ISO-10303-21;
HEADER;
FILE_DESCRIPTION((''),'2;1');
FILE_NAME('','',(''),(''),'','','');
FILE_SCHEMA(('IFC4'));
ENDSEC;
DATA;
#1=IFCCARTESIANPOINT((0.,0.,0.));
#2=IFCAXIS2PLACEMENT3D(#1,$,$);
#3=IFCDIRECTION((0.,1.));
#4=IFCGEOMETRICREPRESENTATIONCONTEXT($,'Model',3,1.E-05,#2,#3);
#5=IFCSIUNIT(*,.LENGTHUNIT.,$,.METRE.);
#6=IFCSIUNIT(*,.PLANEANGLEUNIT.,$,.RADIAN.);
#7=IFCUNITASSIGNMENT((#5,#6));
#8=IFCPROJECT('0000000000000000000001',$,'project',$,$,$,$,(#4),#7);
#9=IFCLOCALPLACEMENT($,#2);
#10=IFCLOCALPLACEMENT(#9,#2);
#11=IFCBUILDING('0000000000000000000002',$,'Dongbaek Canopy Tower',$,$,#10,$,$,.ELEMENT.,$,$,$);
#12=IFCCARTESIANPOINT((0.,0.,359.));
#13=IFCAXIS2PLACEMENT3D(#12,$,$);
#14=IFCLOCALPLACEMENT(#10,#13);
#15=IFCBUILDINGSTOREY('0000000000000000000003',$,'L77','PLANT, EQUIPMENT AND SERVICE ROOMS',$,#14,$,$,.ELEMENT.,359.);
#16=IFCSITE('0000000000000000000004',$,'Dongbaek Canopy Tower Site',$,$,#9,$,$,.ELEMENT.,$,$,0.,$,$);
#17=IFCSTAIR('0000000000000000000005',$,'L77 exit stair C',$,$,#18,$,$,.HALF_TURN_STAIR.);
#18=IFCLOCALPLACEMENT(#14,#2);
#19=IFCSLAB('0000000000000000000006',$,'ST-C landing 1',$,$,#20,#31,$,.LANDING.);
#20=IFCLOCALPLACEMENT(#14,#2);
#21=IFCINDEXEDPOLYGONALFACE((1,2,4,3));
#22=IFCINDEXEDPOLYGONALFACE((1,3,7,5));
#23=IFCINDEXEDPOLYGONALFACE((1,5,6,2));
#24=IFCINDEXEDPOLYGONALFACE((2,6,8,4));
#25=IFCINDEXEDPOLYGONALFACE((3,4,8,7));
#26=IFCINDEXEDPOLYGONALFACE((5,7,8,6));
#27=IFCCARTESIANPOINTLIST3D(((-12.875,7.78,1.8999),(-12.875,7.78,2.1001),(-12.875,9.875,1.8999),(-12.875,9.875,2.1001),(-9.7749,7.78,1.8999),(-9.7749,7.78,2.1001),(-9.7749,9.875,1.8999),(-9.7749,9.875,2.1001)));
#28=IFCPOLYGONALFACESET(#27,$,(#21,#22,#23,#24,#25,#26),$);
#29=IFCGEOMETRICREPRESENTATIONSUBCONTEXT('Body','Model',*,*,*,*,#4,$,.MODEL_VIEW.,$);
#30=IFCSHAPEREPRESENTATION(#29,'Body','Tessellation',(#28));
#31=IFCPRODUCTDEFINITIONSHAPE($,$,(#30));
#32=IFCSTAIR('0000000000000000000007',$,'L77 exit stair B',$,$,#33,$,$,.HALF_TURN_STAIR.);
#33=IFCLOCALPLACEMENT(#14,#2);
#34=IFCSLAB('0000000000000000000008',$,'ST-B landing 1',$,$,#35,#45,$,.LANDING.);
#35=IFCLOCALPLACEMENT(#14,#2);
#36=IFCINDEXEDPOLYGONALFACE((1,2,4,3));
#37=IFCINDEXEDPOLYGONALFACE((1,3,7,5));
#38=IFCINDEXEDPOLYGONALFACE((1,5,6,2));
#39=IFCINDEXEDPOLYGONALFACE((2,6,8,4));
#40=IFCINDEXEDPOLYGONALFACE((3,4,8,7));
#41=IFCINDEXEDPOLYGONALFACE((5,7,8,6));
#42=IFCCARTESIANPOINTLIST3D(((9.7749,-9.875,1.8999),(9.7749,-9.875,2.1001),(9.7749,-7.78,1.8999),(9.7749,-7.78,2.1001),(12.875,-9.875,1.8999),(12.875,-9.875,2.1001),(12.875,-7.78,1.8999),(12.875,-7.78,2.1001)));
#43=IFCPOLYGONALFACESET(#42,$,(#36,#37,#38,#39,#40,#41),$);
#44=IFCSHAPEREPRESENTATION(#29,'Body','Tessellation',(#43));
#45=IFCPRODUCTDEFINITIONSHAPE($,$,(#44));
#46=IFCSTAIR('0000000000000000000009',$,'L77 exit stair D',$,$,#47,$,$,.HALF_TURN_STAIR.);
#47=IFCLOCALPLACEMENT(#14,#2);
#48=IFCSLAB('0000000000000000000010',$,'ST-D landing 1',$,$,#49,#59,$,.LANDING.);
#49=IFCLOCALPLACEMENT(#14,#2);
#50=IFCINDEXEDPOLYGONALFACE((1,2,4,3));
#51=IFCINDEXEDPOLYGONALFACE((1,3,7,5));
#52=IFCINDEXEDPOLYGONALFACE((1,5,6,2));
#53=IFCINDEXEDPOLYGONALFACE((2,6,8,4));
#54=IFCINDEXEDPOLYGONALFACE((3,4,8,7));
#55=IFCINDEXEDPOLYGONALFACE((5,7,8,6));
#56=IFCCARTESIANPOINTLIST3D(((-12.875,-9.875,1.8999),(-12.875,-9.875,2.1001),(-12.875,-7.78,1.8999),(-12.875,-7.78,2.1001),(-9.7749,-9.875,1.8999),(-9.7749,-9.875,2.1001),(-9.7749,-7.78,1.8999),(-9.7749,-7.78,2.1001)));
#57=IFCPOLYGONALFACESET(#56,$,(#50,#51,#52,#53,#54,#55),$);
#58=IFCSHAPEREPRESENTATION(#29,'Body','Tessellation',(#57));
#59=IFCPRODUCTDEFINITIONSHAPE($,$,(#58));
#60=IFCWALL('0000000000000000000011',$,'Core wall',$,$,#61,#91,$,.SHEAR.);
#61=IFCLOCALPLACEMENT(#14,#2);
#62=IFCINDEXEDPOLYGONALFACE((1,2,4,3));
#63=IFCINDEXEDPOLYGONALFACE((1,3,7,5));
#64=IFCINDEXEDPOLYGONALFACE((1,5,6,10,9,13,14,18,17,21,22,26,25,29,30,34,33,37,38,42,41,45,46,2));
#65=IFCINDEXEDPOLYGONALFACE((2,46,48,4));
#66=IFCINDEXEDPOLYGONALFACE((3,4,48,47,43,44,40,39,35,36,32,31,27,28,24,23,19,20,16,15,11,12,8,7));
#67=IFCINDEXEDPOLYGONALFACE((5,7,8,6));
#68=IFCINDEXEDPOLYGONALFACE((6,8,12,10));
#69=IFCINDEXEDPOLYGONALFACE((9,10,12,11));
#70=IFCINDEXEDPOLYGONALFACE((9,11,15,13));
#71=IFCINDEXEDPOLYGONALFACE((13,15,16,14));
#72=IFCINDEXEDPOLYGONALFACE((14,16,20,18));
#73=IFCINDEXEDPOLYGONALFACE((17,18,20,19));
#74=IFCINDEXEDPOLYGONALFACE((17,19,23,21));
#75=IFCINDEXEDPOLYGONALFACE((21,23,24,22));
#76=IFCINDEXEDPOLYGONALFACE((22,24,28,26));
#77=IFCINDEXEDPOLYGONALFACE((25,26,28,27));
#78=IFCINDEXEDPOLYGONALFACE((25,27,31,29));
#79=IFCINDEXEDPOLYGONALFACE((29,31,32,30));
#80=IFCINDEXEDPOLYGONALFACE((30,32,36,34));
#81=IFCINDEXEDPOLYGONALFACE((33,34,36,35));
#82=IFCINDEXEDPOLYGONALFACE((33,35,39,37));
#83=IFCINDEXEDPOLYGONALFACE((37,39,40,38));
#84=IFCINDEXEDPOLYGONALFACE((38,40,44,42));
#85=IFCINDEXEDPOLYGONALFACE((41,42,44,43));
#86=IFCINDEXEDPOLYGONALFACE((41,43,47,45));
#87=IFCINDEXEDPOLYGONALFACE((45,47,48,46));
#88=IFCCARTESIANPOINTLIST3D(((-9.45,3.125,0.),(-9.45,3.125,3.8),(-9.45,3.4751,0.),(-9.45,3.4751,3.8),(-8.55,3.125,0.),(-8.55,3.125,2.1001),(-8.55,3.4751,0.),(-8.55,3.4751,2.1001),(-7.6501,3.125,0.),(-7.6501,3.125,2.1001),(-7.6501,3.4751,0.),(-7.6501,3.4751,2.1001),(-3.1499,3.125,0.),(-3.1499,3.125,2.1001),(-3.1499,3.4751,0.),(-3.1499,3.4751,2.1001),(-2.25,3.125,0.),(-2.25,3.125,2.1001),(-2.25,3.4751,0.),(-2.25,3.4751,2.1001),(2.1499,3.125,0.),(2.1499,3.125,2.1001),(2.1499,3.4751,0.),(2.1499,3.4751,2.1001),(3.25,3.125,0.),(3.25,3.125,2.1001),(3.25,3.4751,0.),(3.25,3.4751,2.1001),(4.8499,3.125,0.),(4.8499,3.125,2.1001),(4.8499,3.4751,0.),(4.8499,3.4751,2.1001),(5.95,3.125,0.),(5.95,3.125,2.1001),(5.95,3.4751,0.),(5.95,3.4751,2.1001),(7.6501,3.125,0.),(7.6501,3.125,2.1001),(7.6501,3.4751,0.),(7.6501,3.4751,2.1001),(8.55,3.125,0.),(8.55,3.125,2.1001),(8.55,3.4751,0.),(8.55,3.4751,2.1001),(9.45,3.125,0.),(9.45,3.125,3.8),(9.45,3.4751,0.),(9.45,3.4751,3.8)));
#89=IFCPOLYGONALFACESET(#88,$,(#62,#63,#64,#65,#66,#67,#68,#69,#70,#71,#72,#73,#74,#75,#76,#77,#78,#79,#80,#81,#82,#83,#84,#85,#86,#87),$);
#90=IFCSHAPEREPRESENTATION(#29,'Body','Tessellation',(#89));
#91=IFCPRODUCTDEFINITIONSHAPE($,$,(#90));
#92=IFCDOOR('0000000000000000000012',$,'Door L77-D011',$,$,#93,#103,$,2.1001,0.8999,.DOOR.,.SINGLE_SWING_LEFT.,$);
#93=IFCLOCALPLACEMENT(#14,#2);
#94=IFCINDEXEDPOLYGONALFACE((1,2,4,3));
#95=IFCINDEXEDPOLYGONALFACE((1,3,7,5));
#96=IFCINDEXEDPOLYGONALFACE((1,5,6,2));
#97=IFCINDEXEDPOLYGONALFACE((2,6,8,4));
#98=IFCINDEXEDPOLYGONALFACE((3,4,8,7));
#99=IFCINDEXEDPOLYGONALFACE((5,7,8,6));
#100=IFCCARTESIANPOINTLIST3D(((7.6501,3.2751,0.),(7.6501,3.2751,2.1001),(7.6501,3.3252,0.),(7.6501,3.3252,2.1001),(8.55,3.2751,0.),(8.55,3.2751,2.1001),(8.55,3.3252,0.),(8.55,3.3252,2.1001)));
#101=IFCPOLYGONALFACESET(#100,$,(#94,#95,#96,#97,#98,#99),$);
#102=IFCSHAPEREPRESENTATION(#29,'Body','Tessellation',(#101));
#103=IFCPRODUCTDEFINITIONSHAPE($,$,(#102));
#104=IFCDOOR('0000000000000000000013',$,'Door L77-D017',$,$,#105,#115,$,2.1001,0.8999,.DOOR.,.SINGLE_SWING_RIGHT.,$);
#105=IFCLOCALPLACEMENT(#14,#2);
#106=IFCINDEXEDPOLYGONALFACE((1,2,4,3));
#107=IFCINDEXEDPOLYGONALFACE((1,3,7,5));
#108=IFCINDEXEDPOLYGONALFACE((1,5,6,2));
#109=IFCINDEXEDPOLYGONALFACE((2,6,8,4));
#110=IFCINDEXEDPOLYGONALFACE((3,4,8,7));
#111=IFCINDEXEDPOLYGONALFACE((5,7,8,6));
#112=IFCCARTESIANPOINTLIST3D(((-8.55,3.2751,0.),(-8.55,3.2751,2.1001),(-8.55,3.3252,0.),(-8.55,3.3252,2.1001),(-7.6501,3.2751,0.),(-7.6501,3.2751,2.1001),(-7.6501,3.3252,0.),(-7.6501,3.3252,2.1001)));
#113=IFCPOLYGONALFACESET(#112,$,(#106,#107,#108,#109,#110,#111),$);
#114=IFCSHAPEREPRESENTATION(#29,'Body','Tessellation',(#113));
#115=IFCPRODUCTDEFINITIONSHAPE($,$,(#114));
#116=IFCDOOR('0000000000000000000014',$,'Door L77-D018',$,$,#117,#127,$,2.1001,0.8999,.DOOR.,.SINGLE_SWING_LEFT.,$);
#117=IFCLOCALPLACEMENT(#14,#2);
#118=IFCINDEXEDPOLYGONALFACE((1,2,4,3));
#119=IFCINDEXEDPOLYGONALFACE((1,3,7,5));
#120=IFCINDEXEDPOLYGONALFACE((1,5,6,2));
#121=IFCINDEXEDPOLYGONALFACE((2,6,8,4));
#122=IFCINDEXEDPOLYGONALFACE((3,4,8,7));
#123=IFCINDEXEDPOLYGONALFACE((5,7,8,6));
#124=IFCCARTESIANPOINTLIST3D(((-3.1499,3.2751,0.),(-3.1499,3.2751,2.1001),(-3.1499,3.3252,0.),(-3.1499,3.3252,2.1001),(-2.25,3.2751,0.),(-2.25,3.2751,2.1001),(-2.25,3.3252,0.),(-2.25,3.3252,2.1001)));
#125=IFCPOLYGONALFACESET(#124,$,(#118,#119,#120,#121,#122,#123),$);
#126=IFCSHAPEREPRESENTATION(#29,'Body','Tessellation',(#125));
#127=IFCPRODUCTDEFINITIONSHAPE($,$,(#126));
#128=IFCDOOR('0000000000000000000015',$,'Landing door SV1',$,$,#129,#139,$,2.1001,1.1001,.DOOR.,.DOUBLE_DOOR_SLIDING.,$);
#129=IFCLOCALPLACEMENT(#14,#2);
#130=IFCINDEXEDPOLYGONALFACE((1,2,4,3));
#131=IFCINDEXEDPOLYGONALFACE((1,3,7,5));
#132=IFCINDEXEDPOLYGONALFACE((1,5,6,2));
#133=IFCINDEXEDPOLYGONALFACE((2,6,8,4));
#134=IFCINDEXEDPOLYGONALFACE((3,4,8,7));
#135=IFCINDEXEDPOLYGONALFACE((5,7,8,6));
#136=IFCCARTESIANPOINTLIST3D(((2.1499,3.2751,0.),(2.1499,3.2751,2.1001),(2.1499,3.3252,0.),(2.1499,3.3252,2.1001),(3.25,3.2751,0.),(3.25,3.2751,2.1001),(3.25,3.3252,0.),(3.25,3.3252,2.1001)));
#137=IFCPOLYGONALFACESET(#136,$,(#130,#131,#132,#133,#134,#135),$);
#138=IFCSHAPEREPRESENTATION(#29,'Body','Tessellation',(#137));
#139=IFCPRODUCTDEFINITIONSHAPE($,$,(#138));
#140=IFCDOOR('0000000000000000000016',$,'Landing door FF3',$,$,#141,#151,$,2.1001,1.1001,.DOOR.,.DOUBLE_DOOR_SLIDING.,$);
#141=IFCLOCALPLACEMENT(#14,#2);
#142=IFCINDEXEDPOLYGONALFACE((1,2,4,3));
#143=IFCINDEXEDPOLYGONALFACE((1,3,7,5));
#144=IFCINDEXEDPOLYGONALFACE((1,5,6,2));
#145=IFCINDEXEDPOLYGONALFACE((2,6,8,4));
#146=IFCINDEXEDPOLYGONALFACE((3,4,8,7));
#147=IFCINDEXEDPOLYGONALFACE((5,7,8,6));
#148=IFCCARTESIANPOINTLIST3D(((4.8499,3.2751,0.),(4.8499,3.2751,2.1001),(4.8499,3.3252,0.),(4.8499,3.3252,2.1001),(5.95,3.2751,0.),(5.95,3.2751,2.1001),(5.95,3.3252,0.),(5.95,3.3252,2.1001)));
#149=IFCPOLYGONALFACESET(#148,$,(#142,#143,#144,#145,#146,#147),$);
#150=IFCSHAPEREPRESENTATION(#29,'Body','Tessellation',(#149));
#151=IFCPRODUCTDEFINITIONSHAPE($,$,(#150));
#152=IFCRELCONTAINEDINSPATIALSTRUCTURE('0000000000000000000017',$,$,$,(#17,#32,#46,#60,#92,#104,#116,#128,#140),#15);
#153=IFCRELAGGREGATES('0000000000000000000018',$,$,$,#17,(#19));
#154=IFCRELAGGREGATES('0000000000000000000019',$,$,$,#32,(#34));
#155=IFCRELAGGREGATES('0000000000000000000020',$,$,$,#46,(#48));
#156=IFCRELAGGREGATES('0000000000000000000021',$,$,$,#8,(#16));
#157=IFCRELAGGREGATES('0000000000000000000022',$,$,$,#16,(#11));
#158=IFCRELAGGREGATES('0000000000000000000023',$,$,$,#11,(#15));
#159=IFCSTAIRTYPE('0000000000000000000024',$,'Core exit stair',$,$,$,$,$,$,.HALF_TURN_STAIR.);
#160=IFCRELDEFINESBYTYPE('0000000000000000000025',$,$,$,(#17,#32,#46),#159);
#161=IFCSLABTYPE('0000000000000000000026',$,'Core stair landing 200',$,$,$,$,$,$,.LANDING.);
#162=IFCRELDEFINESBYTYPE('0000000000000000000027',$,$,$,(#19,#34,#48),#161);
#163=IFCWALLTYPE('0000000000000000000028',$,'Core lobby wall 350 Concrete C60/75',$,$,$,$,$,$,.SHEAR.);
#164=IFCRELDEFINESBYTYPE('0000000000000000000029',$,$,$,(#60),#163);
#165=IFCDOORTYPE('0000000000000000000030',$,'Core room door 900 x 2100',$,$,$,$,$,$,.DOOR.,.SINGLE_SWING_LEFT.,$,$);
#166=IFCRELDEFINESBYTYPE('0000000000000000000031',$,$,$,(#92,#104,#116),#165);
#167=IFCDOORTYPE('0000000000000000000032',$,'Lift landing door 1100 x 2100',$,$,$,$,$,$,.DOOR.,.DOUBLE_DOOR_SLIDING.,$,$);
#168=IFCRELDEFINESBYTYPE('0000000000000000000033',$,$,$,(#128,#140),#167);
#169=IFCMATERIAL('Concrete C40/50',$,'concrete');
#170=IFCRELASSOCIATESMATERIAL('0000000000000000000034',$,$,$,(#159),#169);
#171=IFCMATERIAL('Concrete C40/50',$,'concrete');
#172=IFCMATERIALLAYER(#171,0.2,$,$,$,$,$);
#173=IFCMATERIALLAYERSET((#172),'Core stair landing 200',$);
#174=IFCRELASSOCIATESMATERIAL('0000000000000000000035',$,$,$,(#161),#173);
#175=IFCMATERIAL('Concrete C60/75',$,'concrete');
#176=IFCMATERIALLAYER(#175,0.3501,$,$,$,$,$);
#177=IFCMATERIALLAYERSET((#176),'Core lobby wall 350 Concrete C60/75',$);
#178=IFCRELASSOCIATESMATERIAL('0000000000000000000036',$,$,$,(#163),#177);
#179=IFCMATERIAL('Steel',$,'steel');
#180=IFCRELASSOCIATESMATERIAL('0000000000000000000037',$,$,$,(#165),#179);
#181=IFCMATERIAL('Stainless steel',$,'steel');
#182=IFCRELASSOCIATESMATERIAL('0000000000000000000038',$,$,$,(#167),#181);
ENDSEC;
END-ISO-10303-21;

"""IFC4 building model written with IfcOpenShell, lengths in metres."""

from ifc_helpers import new_model, si_unit, direction, frame, frame_2d, origin, place, context, subcontext, project, spatial, polyline, rectangle, outline, extrude, material, layer, layer_set, type_object, element, fill, aggregate, save


model = new_model("IFC4")

# Units and contexts
model_context = context("Model", 3, precision=1e-05, world=origin(), true_north=direction((0.0, 1.0)))
body_context = subcontext(model_context, "Body", "Model", "MODEL_VIEW")
ifc_project = project(units=[si_unit("LENGTHUNIT", "METRE"), si_unit("PLANEANGLEUNIT", "RADIAN")], contexts=[model_context])

# Site, building, storey
site_placement = place(None, origin())
site = spatial("IfcSite", under=ifc_project, at=site_placement, Name="Dongbaek Canopy Tower Site", CompositionType="ELEMENT", RefElevation=0.0)
building_placement = place(site_placement, origin())
building = spatial("IfcBuilding", under=site, at=building_placement, Name="Dongbaek Canopy Tower", CompositionType="ELEMENT")
storey_placement = place(building_placement, frame((0.0, 0.0, 359.0)))
storey = spatial("IfcBuildingStorey", under=building, at=storey_placement, Name="L77", Description="PLANT, EQUIPMENT AND SERVICE ROOMS", CompositionType="ELEMENT", Elevation=359.0)

# Stairs, slabs
ifc_material_1 = material(Name="Concrete C40/50", Category="concrete")
stair_type = type_object("IfcStairType", Name="Core exit stair", PredefinedType="HALF_TURN_STAIR", material=ifc_material_1)
stair_1_placement = place(storey_placement, origin())
stair_1 = element("IfcStair", 1, at=stair_1_placement, inside=storey, type_object=stair_type, Name="L77 exit stair C", PredefinedType="HALF_TURN_STAIR")
ifc_material_2 = material(Name="Concrete C40/50", Category="concrete")
ifc_layer_1 = layer(ifc_material_2, 0.2)
ifc_layer_set_1 = layer_set([ifc_layer_1], Name="Core stair landing 200")
slab_type = type_object("IfcSlabType", Name="Core stair landing 200", PredefinedType="LANDING", material=ifc_layer_set_1)
slab_1_placement = place(storey_placement, frame((0.0, 0.0, 1.8999)))
slab_1 = element("IfcSlab", 2, at=slab_1_placement, type_object=slab_type, Name="ST-C landing 1", PredefinedType="LANDING", context=body_context, shape_type="SweptSolid", body=[
    extrude(outline(polyline([(-9.7749, 7.78), (-9.7749, 9.875), (-12.875, 9.875), (-12.875, 7.78), (-9.7749, 7.78)])), origin(), (0.0, 0.0, 1.0), 0.2002),
])
aggregate(stair_1, [slab_1])
stair_2_placement = place(storey_placement, origin())
stair_2 = element("IfcStair", 3, at=stair_2_placement, inside=storey, type_object=stair_type, Name="L77 exit stair B", PredefinedType="HALF_TURN_STAIR")
slab_2_placement = place(storey_placement, frame((0.0, 0.0, 1.8999)))
slab_2 = element("IfcSlab", 4, at=slab_2_placement, type_object=slab_type, Name="ST-B landing 1", PredefinedType="LANDING", context=body_context, shape_type="SweptSolid", body=[
    extrude(outline(polyline([(9.7749, -7.78), (9.7749, -9.875), (12.875, -9.875), (12.875, -7.78), (9.7749, -7.78)])), origin(), (0.0, 0.0, 1.0), 0.2002),
])
aggregate(stair_2, [slab_2])
stair_3_placement = place(storey_placement, origin())
stair_3 = element("IfcStair", 5, at=stair_3_placement, inside=storey, type_object=stair_type, Name="L77 exit stair D", PredefinedType="HALF_TURN_STAIR")
slab_3_placement = place(storey_placement, frame((0.0, 0.0, 1.8999)))
slab_3 = element("IfcSlab", 6, at=slab_3_placement, type_object=slab_type, Name="ST-D landing 1", PredefinedType="LANDING", context=body_context, shape_type="SweptSolid", body=[
    extrude(outline(polyline([(-12.875, -7.78), (-12.875, -9.875), (-9.7749, -9.875), (-9.7749, -7.78), (-12.875, -7.78)])), origin(), (0.0, 0.0, 1.0), 0.2002),
])
aggregate(stair_3, [slab_3])

# Wall, openings, doors
ifc_material_3 = material(Name="Concrete C60/75", Category="concrete")
ifc_layer_2 = layer(ifc_material_3, 0.3501)
ifc_layer_set_2 = layer_set([ifc_layer_2], Name="Core lobby wall 350 Concrete C60/75")
wall_type_1 = type_object("IfcWallType", Name="Core lobby wall 350 Concrete C60/75", PredefinedType="SHEAR", material=ifc_layer_set_2)
wall_1_placement = place(storey_placement, frame((9.45, 3.3, 0.0), z_axis=(0.0, 0.0, 1.0), x_axis=(-1.0, 0.0, 0.0)))
wall_1 = element("IfcWall", 7, at=wall_1_placement, inside=storey, type_object=wall_type_1, Name="Core wall", PredefinedType="SHEAR", context=body_context, shape_type="SweptSolid", body=[
    extrude(rectangle(XDim=18.8999, YDim=0.3501, at=frame_2d((9.45, 0.0))), origin(), (0.0, 0.0, 1.0), 3.8),
])
opening_1_placement = place(wall_1_placement, frame((6.2, 0.0, 0.0)))
opening_1 = element("IfcOpeningElement", 8, at=opening_1_placement, cuts=wall_1, PredefinedType="OPENING", context=body_context, shape_type="SweptSolid", body=[
    extrude(rectangle(XDim=1.1001, YDim=2.1001, at=frame_2d((0.55, 1.05))), frame((0.0, 0.1851, 0.0), z_axis=(0.0, -1.0, 0.0), x_axis=(1.0, 0.0, 0.0)), (0.0, 0.0, 1.0), 0.3701),
])
opening_2_placement = place(wall_1_placement, frame((3.5, 0.0, 0.0)))
opening_2 = element("IfcOpeningElement", 9, at=opening_2_placement, cuts=wall_1, PredefinedType="OPENING", context=body_context, shape_type="SweptSolid", body=[
    extrude(rectangle(XDim=1.1001, YDim=2.1001, at=frame_2d((0.55, 1.05))), frame((0.0, 0.1851, 0.0), z_axis=(0.0, -1.0, 0.0), x_axis=(1.0, 0.0, 0.0)), (0.0, 0.0, 1.0), 0.3701),
])
opening_3_placement = place(wall_1_placement, frame((0.8999, 0.0, 0.0)))
opening_3 = element("IfcOpeningElement", 10, at=opening_3_placement, cuts=wall_1, PredefinedType="OPENING", context=body_context, shape_type="SweptSolid", body=[
    extrude(rectangle(XDim=0.8999, YDim=2.1001, at=frame_2d((0.45, 1.05))), frame((0.0, 0.1851, 0.0), z_axis=(0.0, -1.0, 0.0), x_axis=(1.0, 0.0, 0.0)), (0.0, 0.0, 1.0), 0.3701),
])
opening_4_placement = place(wall_1_placement, frame((17.1001, 0.0, 0.0)))
opening_4 = element("IfcOpeningElement", 11, at=opening_4_placement, cuts=wall_1, PredefinedType="OPENING", context=body_context, shape_type="SweptSolid", body=[
    extrude(rectangle(XDim=0.8999, YDim=2.1001, at=frame_2d((0.45, 1.05))), frame((0.0, 0.1851, 0.0), z_axis=(0.0, -1.0, 0.0), x_axis=(1.0, 0.0, 0.0)), (0.0, 0.0, 1.0), 0.3701),
])
opening_5_placement = place(wall_1_placement, frame((11.7, 0.0, 0.0)))
opening_5 = element("IfcOpeningElement", 12, at=opening_5_placement, cuts=wall_1, PredefinedType="OPENING", context=body_context, shape_type="SweptSolid", body=[
    extrude(rectangle(XDim=0.8999, YDim=2.1001, at=frame_2d((0.45, 1.05))), frame((0.0, 0.1851, 0.0), z_axis=(0.0, -1.0, 0.0), x_axis=(1.0, 0.0, 0.0)), (0.0, 0.0, 1.0), 0.3701),
])
ifc_material_4 = material(Name="Steel", Category="steel")
door_type_1 = type_object("IfcDoorType", Name="Core room door 900 x 2100", OperationType="SINGLE_SWING_LEFT", PredefinedType="DOOR", material=ifc_material_4)
door_1_placement = place(opening_3_placement, origin())
door_1 = element("IfcDoor", 13, at=door_1_placement, inside=storey, type_object=door_type_1, Name="Door L77-D011", OperationType="SINGLE_SWING_LEFT", OverallHeight=2.1001, OverallWidth=0.8999, PredefinedType="DOOR", context=body_context, shape_type="SweptSolid", body=[
    extrude(rectangle(XDim=0.8999, YDim=2.1001, at=frame_2d((0.45, 1.05))), frame((0.0, 0.0249, 0.0), z_axis=(0.0, -1.0, 0.0), x_axis=(1.0, 0.0, 0.0)), (0.0, 0.0, 1.0), 0.05),
])
fill(opening_3, door_1)
door_2_placement = place(opening_4_placement, origin())
door_2 = element("IfcDoor", 14, at=door_2_placement, inside=storey, type_object=door_type_1, Name="Door L77-D017", OperationType="SINGLE_SWING_RIGHT", OverallHeight=2.1001, OverallWidth=0.8999, PredefinedType="DOOR", context=body_context, shape_type="SweptSolid", body=[
    extrude(rectangle(XDim=0.8999, YDim=2.1001, at=frame_2d((0.45, 1.05))), frame((0.0, 0.0249, 0.0), z_axis=(0.0, -1.0, 0.0), x_axis=(1.0, 0.0, 0.0)), (0.0, 0.0, 1.0), 0.05),
])
fill(opening_4, door_2)
door_3_placement = place(opening_5_placement, origin())
door_3 = element("IfcDoor", 15, at=door_3_placement, inside=storey, type_object=door_type_1, Name="Door L77-D018", OperationType="SINGLE_SWING_LEFT", OverallHeight=2.1001, OverallWidth=0.8999, PredefinedType="DOOR", context=body_context, shape_type="SweptSolid", body=[
    extrude(rectangle(XDim=0.8999, YDim=2.1001, at=frame_2d((0.45, 1.05))), frame((0.0, 0.0249, 0.0), z_axis=(0.0, -1.0, 0.0), x_axis=(1.0, 0.0, 0.0)), (0.0, 0.0, 1.0), 0.05),
])
fill(opening_5, door_3)
ifc_material_5 = material(Name="Stainless steel", Category="steel")
door_type_2 = type_object("IfcDoorType", Name="Lift landing door 1100 x 2100", OperationType="DOUBLE_DOOR_SLIDING", PredefinedType="DOOR", material=ifc_material_5)
door_4_placement = place(opening_1_placement, origin())
door_4 = element("IfcDoor", 16, at=door_4_placement, inside=storey, type_object=door_type_2, Name="Landing door SV1", OperationType="DOUBLE_DOOR_SLIDING", OverallHeight=2.1001, OverallWidth=1.1001, PredefinedType="DOOR", context=body_context, shape_type="SweptSolid", body=[
    extrude(rectangle(XDim=1.1001, YDim=2.1001, at=frame_2d((0.55, 1.05))), frame((0.0, 0.0249, 0.0), z_axis=(0.0, -1.0, 0.0), x_axis=(1.0, 0.0, 0.0)), (0.0, 0.0, 1.0), 0.05),
])
fill(opening_1, door_4)
door_5_placement = place(opening_2_placement, origin())
door_5 = element("IfcDoor", 17, at=door_5_placement, inside=storey, type_object=door_type_2, Name="Landing door FF3", OperationType="DOUBLE_DOOR_SLIDING", OverallHeight=2.1001, OverallWidth=1.1001, PredefinedType="DOOR", context=body_context, shape_type="SweptSolid", body=[
    extrude(rectangle(XDim=1.1001, YDim=2.1001, at=frame_2d((0.55, 1.05))), frame((0.0, 0.0249, 0.0), z_axis=(0.0, -1.0, 0.0), x_axis=(1.0, 0.0, 0.0)), (0.0, 0.0, 1.0), 0.05),
])
fill(opening_2, door_5)

save(model, "model.ifc")
